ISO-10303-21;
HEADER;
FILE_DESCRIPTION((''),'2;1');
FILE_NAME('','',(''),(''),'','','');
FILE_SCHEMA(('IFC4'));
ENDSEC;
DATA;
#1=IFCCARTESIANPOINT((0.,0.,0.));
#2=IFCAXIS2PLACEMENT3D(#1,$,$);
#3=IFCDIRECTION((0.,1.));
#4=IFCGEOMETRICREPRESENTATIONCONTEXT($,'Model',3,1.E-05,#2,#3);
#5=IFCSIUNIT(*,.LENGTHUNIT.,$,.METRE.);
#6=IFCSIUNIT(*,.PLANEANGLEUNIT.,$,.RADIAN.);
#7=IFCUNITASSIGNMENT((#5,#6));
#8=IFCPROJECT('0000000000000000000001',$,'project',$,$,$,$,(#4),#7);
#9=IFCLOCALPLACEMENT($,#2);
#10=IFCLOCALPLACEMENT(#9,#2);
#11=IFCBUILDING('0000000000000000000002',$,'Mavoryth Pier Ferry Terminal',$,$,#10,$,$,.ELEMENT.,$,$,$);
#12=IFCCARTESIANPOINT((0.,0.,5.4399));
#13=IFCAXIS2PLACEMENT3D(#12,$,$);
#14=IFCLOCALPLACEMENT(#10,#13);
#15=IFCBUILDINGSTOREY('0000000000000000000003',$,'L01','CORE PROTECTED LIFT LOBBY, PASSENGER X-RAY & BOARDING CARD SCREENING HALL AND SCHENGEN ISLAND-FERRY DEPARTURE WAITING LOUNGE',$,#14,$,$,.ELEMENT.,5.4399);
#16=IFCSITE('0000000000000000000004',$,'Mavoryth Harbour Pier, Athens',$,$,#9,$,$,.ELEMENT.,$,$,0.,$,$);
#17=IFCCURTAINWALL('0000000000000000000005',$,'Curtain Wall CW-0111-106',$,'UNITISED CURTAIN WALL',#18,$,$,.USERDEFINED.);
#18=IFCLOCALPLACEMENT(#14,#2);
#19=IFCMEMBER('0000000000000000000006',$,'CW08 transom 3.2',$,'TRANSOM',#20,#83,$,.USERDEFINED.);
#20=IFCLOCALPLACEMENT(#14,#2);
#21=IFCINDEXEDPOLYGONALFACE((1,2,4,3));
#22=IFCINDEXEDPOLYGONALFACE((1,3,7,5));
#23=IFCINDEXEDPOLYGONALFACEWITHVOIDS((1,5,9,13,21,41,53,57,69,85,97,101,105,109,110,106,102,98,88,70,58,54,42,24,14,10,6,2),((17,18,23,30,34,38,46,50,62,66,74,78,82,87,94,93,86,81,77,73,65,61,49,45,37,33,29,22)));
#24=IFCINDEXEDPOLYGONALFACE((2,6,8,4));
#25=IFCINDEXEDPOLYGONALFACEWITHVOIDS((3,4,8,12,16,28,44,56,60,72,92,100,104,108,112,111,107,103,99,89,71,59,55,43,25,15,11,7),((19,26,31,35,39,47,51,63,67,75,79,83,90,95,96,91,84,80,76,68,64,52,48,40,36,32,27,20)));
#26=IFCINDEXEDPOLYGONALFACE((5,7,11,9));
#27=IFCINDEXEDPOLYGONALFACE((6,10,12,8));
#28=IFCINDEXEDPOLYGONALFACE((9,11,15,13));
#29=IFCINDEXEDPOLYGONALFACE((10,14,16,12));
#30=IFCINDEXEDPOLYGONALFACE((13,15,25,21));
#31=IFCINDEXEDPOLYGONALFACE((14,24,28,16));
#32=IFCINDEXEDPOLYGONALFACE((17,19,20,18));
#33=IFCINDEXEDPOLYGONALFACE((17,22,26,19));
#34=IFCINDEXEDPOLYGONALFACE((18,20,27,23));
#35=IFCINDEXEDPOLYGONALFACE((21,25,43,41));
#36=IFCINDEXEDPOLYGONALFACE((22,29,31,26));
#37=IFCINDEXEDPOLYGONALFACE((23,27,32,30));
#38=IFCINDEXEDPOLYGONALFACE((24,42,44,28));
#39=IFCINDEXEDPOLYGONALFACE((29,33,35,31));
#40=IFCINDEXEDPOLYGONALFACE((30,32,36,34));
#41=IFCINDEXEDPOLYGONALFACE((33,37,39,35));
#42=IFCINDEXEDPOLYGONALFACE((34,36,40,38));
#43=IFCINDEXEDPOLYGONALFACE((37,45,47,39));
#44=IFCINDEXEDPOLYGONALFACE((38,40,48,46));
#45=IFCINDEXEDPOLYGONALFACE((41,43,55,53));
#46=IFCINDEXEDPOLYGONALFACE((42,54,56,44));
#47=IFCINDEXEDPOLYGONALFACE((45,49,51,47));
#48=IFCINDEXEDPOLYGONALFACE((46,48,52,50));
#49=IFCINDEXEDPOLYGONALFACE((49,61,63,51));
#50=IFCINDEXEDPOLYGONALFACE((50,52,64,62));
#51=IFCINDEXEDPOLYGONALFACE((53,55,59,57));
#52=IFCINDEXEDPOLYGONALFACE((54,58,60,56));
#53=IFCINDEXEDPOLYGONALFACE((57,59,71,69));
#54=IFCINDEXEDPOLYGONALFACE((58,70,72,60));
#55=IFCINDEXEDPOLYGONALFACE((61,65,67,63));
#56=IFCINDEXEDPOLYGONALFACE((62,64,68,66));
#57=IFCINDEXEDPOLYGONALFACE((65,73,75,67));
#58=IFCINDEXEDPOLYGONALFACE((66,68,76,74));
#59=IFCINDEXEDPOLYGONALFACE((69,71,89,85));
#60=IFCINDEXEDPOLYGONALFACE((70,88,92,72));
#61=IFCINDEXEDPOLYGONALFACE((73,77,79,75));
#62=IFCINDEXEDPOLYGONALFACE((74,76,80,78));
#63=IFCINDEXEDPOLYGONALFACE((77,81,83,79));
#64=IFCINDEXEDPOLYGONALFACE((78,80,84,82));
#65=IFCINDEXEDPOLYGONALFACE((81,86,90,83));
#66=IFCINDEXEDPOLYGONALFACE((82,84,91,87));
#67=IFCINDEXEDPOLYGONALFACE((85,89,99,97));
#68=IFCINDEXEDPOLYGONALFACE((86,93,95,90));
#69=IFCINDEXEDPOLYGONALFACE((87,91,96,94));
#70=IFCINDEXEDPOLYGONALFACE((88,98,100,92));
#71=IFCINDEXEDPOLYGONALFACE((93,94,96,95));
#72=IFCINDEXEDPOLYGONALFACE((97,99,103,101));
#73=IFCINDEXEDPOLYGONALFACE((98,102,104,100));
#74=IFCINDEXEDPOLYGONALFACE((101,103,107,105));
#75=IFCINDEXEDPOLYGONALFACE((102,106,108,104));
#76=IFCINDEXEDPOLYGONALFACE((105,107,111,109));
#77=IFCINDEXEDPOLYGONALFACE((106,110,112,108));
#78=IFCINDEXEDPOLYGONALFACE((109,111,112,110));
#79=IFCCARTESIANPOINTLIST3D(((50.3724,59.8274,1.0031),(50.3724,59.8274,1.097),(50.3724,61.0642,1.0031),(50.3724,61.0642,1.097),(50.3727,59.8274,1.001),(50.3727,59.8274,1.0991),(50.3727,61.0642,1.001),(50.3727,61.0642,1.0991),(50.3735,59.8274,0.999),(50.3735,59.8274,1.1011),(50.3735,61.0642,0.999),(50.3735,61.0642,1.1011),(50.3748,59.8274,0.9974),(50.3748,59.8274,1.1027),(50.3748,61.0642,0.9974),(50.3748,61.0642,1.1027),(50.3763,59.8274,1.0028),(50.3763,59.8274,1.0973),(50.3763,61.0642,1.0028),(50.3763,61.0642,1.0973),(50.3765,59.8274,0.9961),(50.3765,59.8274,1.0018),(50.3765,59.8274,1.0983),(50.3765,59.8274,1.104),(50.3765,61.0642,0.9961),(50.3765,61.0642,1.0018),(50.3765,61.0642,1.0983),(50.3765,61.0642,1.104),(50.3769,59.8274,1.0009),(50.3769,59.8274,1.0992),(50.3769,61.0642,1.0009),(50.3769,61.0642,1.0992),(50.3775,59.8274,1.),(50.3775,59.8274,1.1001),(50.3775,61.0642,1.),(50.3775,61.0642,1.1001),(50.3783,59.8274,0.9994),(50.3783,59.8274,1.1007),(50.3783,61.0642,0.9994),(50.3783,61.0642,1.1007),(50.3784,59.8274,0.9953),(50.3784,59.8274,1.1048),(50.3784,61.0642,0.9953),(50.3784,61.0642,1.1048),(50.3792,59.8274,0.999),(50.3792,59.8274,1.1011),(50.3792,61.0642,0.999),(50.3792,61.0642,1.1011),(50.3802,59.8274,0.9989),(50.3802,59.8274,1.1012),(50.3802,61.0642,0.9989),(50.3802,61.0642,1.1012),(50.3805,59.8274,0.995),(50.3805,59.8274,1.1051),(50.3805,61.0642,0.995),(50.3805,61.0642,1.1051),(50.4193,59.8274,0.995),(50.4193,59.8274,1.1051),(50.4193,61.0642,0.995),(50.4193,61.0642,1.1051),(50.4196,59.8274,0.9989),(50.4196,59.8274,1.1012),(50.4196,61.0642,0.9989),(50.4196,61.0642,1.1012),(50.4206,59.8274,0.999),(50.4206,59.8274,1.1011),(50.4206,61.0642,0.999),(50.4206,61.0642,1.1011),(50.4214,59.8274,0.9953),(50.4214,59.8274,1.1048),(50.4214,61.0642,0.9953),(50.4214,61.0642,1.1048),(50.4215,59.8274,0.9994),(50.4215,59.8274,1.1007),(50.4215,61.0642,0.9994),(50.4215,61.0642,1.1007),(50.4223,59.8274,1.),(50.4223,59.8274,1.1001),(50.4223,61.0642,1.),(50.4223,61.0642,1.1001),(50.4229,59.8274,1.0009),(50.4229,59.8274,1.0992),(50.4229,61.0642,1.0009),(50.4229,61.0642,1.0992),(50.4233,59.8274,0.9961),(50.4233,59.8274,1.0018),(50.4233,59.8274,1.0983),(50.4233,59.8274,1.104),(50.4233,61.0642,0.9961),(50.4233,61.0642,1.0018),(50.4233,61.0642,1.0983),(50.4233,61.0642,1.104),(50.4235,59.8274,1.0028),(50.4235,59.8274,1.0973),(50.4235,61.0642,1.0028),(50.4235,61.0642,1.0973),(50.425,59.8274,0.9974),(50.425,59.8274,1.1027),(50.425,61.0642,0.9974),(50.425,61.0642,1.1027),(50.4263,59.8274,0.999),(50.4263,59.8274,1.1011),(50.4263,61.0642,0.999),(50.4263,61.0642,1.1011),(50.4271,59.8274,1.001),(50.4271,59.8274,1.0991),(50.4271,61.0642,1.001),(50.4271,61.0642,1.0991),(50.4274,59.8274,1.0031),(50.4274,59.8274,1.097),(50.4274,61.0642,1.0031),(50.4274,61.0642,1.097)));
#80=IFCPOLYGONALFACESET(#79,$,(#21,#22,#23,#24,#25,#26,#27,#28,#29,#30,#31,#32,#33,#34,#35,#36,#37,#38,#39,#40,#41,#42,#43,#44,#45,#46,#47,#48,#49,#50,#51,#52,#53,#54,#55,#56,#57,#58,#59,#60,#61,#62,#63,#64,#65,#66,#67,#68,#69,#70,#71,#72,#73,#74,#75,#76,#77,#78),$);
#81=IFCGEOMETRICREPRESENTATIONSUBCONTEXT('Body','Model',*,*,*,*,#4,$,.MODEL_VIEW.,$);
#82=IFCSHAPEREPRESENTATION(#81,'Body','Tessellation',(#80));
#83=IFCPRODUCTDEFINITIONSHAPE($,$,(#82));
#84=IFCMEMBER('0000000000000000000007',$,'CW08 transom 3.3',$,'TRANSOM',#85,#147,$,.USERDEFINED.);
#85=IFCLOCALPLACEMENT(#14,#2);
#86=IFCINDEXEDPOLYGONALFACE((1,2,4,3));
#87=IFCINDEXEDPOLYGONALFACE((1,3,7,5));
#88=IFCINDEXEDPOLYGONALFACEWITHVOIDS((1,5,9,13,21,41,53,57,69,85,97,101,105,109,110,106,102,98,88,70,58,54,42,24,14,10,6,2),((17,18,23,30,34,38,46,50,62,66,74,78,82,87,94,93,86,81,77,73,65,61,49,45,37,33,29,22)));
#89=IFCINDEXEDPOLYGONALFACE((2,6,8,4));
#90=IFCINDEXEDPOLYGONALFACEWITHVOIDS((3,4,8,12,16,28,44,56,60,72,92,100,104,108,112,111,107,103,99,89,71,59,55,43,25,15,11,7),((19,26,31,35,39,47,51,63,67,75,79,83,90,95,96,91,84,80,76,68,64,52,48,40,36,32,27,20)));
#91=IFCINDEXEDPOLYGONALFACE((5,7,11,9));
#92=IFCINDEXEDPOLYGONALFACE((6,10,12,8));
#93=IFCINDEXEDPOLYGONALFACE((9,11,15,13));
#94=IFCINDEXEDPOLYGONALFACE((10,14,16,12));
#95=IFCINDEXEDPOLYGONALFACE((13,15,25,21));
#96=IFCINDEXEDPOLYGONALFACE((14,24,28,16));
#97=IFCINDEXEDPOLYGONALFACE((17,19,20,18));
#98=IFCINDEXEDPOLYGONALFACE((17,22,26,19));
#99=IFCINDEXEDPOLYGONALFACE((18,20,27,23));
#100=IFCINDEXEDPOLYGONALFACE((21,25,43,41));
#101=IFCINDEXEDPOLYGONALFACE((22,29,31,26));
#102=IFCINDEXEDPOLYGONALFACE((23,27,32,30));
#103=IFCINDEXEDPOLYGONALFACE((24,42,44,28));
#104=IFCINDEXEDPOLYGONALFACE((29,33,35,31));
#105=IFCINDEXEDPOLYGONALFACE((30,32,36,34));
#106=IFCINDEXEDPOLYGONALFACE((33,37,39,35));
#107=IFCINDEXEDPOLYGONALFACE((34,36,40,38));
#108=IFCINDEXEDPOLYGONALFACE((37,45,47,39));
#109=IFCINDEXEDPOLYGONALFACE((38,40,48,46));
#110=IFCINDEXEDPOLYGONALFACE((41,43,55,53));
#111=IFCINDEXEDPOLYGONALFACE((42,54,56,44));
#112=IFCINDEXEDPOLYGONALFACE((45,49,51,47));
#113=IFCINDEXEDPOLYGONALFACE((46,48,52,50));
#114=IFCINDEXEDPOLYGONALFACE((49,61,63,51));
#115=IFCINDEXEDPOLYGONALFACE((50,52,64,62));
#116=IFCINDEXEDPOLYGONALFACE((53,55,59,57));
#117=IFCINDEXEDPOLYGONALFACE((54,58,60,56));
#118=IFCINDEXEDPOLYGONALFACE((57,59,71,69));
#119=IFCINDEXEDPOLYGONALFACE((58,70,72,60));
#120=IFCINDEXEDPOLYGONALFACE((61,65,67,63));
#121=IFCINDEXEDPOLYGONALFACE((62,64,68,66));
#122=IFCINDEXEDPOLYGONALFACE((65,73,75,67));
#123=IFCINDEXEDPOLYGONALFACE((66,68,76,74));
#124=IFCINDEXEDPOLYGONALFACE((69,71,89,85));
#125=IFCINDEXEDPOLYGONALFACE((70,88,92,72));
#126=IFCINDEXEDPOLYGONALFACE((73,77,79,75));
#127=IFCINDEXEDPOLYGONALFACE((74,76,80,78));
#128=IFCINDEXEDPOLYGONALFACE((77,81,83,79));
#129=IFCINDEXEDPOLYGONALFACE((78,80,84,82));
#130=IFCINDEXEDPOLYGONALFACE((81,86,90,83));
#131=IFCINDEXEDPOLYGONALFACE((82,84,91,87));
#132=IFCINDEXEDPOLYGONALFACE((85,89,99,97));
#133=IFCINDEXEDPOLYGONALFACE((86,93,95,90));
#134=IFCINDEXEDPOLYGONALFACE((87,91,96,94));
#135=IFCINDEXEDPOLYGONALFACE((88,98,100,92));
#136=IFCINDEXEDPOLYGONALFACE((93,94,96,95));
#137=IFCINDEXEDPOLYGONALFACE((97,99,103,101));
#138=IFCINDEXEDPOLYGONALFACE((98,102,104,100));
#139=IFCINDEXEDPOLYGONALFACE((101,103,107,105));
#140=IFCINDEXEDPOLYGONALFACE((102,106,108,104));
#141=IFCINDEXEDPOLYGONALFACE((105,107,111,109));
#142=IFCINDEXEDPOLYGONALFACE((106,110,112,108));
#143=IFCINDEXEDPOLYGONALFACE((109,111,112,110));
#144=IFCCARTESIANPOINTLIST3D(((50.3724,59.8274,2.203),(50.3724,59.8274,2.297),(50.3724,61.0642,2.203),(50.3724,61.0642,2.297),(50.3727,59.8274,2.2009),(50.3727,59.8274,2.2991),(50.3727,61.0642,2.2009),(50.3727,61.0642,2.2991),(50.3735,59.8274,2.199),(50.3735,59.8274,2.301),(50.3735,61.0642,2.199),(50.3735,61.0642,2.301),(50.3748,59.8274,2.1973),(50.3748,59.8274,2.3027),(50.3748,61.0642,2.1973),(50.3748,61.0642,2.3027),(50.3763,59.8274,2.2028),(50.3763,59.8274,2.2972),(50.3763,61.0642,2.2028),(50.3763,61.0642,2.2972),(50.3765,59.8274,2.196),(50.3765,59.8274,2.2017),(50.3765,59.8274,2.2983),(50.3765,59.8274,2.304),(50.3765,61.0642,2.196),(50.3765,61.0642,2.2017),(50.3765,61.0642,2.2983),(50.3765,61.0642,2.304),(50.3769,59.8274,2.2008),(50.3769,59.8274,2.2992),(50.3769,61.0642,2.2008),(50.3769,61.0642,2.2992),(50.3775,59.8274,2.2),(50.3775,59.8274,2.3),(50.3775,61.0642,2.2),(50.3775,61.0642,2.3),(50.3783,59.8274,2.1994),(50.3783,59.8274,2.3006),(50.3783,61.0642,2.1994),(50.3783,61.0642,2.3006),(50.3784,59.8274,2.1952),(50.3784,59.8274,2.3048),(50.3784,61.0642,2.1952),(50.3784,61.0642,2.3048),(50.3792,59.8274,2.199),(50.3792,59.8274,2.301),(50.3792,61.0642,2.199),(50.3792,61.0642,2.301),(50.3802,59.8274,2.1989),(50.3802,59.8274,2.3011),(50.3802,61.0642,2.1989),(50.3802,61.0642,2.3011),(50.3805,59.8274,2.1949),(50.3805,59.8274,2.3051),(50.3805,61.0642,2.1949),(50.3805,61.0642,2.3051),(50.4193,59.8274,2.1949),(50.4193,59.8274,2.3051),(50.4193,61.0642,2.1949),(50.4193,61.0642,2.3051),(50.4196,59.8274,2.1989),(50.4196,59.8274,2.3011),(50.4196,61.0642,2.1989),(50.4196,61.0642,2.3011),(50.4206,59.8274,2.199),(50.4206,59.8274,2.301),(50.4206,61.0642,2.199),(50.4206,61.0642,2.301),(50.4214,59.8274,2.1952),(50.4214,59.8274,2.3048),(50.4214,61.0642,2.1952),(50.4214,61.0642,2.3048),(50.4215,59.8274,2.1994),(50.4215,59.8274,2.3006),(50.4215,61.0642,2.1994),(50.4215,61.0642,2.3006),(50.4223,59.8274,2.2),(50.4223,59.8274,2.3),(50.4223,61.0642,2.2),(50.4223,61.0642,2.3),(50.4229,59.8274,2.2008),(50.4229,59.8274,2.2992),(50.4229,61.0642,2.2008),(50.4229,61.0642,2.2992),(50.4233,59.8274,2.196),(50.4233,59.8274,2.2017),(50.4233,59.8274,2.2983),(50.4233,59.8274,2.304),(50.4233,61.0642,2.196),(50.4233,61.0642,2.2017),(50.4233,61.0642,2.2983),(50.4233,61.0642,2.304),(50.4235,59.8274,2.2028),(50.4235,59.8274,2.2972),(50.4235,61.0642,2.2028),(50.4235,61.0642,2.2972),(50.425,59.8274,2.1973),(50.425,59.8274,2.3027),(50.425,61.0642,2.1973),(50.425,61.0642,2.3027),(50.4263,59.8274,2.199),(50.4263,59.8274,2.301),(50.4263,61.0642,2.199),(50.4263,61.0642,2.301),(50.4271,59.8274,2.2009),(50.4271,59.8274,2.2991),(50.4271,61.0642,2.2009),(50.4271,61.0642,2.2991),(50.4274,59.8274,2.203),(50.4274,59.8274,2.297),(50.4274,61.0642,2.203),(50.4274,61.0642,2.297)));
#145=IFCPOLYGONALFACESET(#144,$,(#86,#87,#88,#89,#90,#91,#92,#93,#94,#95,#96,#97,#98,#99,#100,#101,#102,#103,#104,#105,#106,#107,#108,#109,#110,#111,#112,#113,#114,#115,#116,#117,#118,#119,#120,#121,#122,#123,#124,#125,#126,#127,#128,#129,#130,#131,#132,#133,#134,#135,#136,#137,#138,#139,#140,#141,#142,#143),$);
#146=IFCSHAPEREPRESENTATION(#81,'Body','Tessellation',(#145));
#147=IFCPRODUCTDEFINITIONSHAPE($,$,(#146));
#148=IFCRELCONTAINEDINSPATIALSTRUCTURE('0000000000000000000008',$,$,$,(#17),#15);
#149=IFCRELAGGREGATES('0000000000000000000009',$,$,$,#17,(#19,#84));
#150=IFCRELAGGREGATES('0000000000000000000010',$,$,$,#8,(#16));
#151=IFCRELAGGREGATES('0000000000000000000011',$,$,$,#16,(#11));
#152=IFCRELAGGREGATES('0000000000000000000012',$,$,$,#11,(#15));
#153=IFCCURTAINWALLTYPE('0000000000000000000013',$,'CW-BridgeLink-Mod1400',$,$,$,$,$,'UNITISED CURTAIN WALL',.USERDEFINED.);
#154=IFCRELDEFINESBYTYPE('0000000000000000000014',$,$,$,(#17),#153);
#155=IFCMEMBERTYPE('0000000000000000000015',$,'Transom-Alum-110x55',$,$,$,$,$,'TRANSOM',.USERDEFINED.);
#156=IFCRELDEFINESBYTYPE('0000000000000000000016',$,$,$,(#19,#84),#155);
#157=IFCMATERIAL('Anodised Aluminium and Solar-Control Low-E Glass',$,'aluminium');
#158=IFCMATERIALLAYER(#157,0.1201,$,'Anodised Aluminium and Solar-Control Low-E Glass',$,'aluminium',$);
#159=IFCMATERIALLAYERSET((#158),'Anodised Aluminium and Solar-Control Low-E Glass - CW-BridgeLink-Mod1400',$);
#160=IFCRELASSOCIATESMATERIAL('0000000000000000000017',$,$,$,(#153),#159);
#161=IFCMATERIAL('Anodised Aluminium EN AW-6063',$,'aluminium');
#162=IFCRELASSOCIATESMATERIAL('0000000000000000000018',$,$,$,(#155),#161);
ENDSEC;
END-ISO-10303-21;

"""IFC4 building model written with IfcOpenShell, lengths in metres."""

from ifc_helpers import new_model, si_unit, direction, frame, origin, origin_2d, place, context, subcontext, project, spatial, hollow_rectangle, extrude, material, layer, layer_set, material_profile, profile_set, type_object, element, aggregate, save


model = new_model("IFC4")

# Units and contexts
model_context = context("Model", 3, precision=1e-05, world=origin(), true_north=direction((0.0, 1.0)))
body_context = subcontext(model_context, "Body", "Model", "MODEL_VIEW")
ifc_project = project(units=[si_unit("LENGTHUNIT", "METRE"), si_unit("PLANEANGLEUNIT", "RADIAN")], contexts=[model_context])

# Site, building, storey
site_placement = place(None, origin())
site = spatial("IfcSite", under=ifc_project, at=site_placement, Name="Mavoryth Harbour Pier, Athens", CompositionType="ELEMENT", RefElevation=0.0)
building_placement = place(site_placement, origin())
building = spatial("IfcBuilding", under=site, at=building_placement, Name="Mavoryth Pier Ferry Terminal", CompositionType="ELEMENT")
storey_placement = place(building_placement, frame((0.0, 0.0, 5.4399)))
storey = spatial("IfcBuildingStorey", under=building, at=storey_placement, Name="L01", Description="CORE PROTECTED LIFT LOBBY, PASSENGER X-RAY & BOARDING CARD SCREENING HALL AND SCHENGEN ISLAND-FERRY DEPARTURE WAITING LOUNGE", CompositionType="ELEMENT", Elevation=5.4399)

# Curtain wall
ifc_material_1 = material(Name="Anodised Aluminium and Solar-Control Low-E Glass", Category="aluminium")
ifc_layer_1 = layer(ifc_material_1, 0.1201, Name="Anodised Aluminium and Solar-Control Low-E Glass", Category="aluminium")
ifc_layer_set_1 = layer_set([ifc_layer_1], Name="Anodised Aluminium and Solar-Control Low-E Glass - CW-BridgeLink-Mod1400")
curtain_wall_type = type_object("IfcCurtainWallType", Name="CW-BridgeLink-Mod1400", ElementType="UNITISED CURTAIN WALL", PredefinedType="USERDEFINED", material=ifc_layer_set_1)
curtain_wall_1_placement = place(storey_placement, origin())
curtain_wall_1 = element("IfcCurtainWall", 1, at=curtain_wall_1_placement, inside=storey, type_object=curtain_wall_type, Name="Curtain Wall CW-0111-106", ObjectType="UNITISED CURTAIN WALL", PredefinedType="USERDEFINED")
ifc_material_2 = material(Name="Anodised Aluminium EN AW-6063", Category="aluminium")

# Members
ifc_material_profile_1 = material_profile(ifc_material_2, hollow_rectangle(XDim=0.0549, YDim=0.1101, WallThickness=0.0039, InnerFilletRadius=0.0039, OuterFilletRadius=0.0081, at=origin_2d()), Name="AL-TRAN 110x55x4", Category="aluminium")
ifc_profile_set_1 = profile_set([ifc_material_profile_1], Name="Anodised Aluminium EN AW-6063 - AL-TRAN 110x55x4")
member_type_1 = type_object("IfcMemberType", Name="Transom-Alum-110x55", ElementType="TRANSOM", PredefinedType="USERDEFINED", material=ifc_profile_set_1)
member_1_placement = place(storey_placement, frame((50.3999, 61.0642, 1.05), z_axis=(0.0, -1.0, 0.0), x_axis=(1.0, 0.0, 0.0)))
member_1 = element("IfcMember", 2, at=member_1_placement, type_object=member_type_1, Name="CW08 transom 3.2", ObjectType="TRANSOM", PredefinedType="USERDEFINED", context=body_context, shape_type="SweptSolid", body=[
    extrude(hollow_rectangle(XDim=0.0549, YDim=0.1101, WallThickness=0.0039, InnerFilletRadius=0.0039, OuterFilletRadius=0.0081, at=origin_2d()), origin(), (0.0, 0.0, 1.0), 1.2368),
])
member_2_placement = place(storey_placement, frame((50.3999, 61.0642, 2.25), z_axis=(0.0, -1.0, 0.0), x_axis=(1.0, 0.0, 0.0)))
member_2 = element("IfcMember", 3, at=member_2_placement, type_object=member_type_1, Name="CW08 transom 3.3", ObjectType="TRANSOM", PredefinedType="USERDEFINED", context=body_context, shape_type="SweptSolid", body=[
    extrude(hollow_rectangle(XDim=0.0549, YDim=0.1101, WallThickness=0.0039, InnerFilletRadius=0.0039, OuterFilletRadius=0.0081, at=origin_2d()), origin(), (0.0, 0.0, 1.0), 1.2368),
])

aggregate(curtain_wall_1, [member_1, member_2])

save(model, "model.ifc")
